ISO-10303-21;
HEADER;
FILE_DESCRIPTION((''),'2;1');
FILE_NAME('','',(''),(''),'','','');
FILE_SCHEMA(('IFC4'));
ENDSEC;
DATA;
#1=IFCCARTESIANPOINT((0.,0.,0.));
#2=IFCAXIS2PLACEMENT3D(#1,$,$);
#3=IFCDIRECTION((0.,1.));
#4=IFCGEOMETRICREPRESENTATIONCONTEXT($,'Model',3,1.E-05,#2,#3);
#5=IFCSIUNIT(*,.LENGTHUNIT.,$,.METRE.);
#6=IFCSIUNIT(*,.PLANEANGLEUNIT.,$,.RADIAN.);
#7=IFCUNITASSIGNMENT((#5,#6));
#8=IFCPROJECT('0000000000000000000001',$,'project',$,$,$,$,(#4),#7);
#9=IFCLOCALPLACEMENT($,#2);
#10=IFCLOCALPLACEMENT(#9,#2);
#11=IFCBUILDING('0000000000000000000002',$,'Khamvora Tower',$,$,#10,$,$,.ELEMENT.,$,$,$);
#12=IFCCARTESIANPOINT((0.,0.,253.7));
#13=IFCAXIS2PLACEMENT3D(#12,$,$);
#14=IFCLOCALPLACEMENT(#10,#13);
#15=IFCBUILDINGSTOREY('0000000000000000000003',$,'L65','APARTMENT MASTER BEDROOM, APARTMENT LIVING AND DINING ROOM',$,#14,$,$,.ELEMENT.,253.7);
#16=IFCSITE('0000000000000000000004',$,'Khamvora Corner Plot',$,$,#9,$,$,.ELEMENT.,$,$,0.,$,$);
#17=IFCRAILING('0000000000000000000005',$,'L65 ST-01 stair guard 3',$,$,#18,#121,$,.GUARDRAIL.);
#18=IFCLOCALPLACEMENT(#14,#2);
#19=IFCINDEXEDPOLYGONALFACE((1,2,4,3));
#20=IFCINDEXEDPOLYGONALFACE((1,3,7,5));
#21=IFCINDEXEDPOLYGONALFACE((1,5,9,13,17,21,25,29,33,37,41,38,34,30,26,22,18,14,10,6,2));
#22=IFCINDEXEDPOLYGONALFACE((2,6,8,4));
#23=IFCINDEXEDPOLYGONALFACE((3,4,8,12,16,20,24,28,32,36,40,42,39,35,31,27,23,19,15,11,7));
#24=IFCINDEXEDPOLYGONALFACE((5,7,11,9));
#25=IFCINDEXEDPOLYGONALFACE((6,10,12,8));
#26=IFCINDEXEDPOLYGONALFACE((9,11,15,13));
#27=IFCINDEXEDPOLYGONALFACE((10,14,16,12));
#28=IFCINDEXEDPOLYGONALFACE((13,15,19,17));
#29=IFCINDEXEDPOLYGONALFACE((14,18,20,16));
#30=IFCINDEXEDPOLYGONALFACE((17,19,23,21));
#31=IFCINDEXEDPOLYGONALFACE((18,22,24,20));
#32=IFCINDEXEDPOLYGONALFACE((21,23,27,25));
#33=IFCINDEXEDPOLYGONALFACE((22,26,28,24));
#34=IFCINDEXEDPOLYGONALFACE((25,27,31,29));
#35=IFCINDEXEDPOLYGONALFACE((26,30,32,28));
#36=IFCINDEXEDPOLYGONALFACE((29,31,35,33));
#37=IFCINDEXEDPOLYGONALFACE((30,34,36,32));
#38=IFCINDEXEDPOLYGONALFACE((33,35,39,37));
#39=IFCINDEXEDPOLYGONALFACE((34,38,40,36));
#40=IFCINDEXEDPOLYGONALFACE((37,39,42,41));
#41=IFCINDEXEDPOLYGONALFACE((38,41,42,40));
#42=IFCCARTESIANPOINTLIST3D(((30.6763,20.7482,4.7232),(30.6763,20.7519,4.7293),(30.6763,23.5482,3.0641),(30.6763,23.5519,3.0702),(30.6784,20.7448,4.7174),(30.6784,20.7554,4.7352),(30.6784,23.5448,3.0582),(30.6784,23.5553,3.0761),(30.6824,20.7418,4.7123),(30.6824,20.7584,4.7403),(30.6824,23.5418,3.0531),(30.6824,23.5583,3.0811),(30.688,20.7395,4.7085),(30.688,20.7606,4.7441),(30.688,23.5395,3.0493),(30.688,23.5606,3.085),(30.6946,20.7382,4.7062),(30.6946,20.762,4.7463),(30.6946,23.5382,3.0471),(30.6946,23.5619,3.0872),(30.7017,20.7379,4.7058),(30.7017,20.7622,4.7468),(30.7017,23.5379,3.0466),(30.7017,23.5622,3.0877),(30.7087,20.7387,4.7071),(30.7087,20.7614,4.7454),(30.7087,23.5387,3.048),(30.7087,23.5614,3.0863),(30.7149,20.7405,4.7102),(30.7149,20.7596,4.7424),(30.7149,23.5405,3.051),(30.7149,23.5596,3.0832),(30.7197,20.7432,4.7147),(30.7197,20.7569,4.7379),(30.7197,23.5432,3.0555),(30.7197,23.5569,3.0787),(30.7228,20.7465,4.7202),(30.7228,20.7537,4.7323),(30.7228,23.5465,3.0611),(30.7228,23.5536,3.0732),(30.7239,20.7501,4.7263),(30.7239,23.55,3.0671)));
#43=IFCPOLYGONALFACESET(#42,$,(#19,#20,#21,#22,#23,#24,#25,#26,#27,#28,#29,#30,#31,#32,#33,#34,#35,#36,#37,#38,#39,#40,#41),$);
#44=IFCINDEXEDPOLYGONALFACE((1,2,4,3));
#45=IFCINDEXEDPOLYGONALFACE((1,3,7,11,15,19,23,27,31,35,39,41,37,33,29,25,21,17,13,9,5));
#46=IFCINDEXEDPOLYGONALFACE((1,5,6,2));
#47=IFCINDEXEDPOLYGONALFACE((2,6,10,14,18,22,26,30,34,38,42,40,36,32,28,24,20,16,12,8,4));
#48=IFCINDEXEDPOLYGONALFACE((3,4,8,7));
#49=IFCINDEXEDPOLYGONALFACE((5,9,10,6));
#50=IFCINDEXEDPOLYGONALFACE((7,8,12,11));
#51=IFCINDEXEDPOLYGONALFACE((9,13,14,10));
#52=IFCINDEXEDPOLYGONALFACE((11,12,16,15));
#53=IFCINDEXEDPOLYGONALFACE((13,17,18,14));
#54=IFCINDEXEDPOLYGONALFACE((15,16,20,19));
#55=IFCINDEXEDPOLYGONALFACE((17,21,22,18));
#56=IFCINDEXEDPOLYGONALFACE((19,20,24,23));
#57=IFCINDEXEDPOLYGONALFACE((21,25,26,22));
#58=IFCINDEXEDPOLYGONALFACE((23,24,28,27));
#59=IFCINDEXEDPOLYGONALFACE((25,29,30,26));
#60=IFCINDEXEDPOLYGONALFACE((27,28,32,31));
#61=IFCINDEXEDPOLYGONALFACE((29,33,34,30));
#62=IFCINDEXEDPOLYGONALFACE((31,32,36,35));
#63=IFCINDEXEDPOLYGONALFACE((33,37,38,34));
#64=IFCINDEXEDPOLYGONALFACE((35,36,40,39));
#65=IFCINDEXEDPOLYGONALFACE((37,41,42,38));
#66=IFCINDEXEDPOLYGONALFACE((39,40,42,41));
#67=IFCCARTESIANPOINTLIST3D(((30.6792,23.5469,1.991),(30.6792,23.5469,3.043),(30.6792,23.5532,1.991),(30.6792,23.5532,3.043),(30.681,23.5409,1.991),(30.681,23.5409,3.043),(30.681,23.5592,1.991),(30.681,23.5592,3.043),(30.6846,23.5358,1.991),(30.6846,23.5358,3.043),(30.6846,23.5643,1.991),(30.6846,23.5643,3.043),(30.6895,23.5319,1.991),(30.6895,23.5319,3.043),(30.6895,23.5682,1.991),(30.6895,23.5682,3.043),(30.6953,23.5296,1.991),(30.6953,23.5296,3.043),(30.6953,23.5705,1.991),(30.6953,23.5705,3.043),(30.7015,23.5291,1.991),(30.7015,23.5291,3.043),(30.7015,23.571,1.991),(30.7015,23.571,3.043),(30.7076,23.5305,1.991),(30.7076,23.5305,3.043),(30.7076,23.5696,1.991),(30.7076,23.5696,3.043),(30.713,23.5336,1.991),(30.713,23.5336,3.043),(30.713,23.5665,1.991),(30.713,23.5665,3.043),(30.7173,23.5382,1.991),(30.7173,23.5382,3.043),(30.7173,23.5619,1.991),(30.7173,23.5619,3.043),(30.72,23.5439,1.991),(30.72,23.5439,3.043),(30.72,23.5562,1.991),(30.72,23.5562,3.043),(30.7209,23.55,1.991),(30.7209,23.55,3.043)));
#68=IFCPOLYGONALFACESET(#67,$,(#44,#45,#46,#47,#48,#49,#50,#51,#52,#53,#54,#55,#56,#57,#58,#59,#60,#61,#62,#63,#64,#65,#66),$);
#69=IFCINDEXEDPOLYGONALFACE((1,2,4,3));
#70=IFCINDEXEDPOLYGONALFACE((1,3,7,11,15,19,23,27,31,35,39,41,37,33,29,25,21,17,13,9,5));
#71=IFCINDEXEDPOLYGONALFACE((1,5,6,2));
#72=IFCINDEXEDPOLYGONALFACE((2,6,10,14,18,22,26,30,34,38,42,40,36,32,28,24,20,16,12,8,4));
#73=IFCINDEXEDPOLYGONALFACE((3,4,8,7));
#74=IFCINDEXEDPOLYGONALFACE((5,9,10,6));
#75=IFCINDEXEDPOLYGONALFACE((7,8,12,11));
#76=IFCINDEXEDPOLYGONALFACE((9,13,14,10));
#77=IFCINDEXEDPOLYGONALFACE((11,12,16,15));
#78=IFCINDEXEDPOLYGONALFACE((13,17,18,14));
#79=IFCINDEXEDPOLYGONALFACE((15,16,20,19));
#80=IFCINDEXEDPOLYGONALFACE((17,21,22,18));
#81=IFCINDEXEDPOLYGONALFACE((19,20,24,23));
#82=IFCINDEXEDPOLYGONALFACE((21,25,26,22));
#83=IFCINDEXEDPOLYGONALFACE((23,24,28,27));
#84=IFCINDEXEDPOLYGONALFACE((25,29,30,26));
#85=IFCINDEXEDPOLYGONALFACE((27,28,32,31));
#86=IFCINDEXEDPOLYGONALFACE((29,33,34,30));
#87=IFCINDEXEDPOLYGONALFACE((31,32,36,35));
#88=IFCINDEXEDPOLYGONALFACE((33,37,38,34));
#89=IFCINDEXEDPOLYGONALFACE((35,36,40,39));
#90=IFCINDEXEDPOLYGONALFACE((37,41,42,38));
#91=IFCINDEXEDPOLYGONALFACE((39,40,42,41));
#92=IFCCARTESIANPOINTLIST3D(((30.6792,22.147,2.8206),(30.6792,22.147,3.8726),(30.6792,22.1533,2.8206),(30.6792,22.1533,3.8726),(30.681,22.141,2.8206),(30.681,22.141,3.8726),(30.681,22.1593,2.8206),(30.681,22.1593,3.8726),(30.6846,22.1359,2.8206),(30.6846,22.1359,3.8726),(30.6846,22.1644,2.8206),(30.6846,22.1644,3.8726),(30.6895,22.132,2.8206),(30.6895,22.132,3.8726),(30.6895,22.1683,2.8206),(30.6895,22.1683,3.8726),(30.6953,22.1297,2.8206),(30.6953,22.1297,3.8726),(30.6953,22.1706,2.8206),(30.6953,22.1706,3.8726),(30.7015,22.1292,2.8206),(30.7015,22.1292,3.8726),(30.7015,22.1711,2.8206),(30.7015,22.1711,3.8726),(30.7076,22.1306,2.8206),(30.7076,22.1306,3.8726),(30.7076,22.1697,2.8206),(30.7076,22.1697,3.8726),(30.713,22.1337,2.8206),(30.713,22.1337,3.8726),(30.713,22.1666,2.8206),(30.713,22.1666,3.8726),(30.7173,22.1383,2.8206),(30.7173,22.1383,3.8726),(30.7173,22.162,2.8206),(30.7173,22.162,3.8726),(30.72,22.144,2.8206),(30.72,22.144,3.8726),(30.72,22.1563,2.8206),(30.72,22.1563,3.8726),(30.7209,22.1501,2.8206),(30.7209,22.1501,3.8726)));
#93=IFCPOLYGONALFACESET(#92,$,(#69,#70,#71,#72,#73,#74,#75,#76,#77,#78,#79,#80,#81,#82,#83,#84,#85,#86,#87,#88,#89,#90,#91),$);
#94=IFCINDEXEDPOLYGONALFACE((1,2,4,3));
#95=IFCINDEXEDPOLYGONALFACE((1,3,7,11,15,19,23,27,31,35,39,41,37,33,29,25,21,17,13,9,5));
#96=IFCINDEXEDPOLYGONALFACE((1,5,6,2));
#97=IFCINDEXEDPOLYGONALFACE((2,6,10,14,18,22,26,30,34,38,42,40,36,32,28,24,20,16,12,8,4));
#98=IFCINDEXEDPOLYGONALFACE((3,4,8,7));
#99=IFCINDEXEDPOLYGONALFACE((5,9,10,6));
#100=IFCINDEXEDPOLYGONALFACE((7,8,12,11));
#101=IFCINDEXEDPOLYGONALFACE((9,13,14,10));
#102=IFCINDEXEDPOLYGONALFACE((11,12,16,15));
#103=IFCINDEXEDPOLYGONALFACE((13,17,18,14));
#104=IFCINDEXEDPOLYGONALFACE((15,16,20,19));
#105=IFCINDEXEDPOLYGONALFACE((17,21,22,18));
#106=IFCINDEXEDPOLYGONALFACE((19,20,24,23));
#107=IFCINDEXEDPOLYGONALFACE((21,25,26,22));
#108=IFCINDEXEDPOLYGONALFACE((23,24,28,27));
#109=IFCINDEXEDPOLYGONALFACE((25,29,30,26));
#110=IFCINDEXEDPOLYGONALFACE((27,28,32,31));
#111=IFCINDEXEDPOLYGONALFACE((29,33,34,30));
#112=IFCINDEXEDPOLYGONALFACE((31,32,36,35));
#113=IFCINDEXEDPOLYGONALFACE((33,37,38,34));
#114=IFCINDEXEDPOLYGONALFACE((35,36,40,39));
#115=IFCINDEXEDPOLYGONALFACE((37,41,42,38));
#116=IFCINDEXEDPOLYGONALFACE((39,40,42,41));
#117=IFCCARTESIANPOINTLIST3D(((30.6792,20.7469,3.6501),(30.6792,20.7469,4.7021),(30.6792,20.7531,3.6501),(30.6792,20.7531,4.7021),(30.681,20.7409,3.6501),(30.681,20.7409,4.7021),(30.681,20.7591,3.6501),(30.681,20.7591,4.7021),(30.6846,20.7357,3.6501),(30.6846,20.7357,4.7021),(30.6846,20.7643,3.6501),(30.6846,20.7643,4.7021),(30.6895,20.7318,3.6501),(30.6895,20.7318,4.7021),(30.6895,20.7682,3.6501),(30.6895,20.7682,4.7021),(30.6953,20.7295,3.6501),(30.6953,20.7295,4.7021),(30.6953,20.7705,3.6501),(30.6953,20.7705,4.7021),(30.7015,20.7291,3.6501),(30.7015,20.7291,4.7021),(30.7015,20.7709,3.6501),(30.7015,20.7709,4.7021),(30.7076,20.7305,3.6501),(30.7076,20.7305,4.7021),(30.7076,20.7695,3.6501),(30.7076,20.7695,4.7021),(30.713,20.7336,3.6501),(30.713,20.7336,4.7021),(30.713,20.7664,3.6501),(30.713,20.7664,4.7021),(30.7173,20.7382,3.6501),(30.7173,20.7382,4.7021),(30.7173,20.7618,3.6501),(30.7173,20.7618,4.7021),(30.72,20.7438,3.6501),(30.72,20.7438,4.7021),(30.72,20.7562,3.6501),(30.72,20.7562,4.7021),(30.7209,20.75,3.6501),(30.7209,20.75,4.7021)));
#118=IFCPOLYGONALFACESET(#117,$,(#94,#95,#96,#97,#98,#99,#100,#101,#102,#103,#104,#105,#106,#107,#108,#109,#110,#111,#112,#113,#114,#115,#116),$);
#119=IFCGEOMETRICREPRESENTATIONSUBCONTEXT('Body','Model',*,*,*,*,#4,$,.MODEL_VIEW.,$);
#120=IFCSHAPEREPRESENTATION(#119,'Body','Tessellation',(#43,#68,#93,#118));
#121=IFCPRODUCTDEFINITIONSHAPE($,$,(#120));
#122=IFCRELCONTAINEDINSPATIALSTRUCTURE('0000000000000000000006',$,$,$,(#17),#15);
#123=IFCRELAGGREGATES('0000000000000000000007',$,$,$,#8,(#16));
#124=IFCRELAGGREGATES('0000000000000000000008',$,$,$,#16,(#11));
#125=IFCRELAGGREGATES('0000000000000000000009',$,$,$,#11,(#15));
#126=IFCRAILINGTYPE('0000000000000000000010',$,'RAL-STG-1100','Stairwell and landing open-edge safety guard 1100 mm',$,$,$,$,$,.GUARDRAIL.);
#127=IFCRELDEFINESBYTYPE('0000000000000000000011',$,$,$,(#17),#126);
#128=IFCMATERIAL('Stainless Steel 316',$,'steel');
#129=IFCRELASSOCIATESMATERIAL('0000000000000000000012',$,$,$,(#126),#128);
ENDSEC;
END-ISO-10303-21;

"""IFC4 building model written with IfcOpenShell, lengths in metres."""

from ifc_helpers import new_model, si_unit, direction, frame, origin, origin_2d, place, context, subcontext, project, spatial, circle, extrude, material, type_object, element, save


model = new_model("IFC4")

# Units and contexts
model_context = context("Model", 3, precision=1e-05, world=origin(), true_north=direction((0.0, 1.0)))
body_context = subcontext(model_context, "Body", "Model", "MODEL_VIEW")
ifc_project = project(units=[si_unit("LENGTHUNIT", "METRE"), si_unit("PLANEANGLEUNIT", "RADIAN")], contexts=[model_context])

# Site, building, storey
site_placement = place(None, origin())
site = spatial("IfcSite", under=ifc_project, at=site_placement, Name="Khamvora Corner Plot", CompositionType="ELEMENT", RefElevation=0.0)
building_placement = place(site_placement, origin())
building = spatial("IfcBuilding", under=site, at=building_placement, Name="Khamvora Tower", CompositionType="ELEMENT")
storey_placement = place(building_placement, frame((0.0, 0.0, 253.7)))
storey = spatial("IfcBuildingStorey", under=building, at=storey_placement, Name="L65", Description="APARTMENT MASTER BEDROOM, APARTMENT LIVING AND DINING ROOM", CompositionType="ELEMENT", Elevation=253.7)

# Railing
ifc_material_1 = material(Name="Stainless Steel 316", Category="steel")
railing_type_1 = type_object("IfcRailingType", Name="RAL-STG-1100", Description="Stairwell and landing open-edge safety guard 1100 mm", PredefinedType="GUARDRAIL", material=ifc_material_1)
railing_1_placement = place(storey_placement, frame((30.7, 23.55, 1.991)))
element("IfcRailing", 1, at=railing_1_placement, inside=storey, type_object=railing_type_1, Name="L65 ST-01 stair guard 3", PredefinedType="GUARDRAIL", context=body_context, shape_type="SweptSolid", body=[
    extrude(circle(Radius=0.0239, at=origin_2d()), frame((0.0, 0.0, 1.0762), z_axis=(0.0, -0.860306, 0.509778), x_axis=(1.0, 0.0, 0.0)), (0.0, 0.0, 1.0), 3.2546),
    extrude(circle(Radius=0.021, at=origin_2d()), origin(), (0.0, 0.0, 1.0), 1.052),
    extrude(circle(Radius=0.021, at=origin_2d()), frame((0.0, -1.3999, 0.8296)), (0.0, 0.0, 1.0), 1.052),
    extrude(circle(Radius=0.021, at=origin_2d()), frame((0.0, -2.8, 1.6592)), (0.0, 0.0, 1.0), 1.052),
])

save(model, "model.ifc")
